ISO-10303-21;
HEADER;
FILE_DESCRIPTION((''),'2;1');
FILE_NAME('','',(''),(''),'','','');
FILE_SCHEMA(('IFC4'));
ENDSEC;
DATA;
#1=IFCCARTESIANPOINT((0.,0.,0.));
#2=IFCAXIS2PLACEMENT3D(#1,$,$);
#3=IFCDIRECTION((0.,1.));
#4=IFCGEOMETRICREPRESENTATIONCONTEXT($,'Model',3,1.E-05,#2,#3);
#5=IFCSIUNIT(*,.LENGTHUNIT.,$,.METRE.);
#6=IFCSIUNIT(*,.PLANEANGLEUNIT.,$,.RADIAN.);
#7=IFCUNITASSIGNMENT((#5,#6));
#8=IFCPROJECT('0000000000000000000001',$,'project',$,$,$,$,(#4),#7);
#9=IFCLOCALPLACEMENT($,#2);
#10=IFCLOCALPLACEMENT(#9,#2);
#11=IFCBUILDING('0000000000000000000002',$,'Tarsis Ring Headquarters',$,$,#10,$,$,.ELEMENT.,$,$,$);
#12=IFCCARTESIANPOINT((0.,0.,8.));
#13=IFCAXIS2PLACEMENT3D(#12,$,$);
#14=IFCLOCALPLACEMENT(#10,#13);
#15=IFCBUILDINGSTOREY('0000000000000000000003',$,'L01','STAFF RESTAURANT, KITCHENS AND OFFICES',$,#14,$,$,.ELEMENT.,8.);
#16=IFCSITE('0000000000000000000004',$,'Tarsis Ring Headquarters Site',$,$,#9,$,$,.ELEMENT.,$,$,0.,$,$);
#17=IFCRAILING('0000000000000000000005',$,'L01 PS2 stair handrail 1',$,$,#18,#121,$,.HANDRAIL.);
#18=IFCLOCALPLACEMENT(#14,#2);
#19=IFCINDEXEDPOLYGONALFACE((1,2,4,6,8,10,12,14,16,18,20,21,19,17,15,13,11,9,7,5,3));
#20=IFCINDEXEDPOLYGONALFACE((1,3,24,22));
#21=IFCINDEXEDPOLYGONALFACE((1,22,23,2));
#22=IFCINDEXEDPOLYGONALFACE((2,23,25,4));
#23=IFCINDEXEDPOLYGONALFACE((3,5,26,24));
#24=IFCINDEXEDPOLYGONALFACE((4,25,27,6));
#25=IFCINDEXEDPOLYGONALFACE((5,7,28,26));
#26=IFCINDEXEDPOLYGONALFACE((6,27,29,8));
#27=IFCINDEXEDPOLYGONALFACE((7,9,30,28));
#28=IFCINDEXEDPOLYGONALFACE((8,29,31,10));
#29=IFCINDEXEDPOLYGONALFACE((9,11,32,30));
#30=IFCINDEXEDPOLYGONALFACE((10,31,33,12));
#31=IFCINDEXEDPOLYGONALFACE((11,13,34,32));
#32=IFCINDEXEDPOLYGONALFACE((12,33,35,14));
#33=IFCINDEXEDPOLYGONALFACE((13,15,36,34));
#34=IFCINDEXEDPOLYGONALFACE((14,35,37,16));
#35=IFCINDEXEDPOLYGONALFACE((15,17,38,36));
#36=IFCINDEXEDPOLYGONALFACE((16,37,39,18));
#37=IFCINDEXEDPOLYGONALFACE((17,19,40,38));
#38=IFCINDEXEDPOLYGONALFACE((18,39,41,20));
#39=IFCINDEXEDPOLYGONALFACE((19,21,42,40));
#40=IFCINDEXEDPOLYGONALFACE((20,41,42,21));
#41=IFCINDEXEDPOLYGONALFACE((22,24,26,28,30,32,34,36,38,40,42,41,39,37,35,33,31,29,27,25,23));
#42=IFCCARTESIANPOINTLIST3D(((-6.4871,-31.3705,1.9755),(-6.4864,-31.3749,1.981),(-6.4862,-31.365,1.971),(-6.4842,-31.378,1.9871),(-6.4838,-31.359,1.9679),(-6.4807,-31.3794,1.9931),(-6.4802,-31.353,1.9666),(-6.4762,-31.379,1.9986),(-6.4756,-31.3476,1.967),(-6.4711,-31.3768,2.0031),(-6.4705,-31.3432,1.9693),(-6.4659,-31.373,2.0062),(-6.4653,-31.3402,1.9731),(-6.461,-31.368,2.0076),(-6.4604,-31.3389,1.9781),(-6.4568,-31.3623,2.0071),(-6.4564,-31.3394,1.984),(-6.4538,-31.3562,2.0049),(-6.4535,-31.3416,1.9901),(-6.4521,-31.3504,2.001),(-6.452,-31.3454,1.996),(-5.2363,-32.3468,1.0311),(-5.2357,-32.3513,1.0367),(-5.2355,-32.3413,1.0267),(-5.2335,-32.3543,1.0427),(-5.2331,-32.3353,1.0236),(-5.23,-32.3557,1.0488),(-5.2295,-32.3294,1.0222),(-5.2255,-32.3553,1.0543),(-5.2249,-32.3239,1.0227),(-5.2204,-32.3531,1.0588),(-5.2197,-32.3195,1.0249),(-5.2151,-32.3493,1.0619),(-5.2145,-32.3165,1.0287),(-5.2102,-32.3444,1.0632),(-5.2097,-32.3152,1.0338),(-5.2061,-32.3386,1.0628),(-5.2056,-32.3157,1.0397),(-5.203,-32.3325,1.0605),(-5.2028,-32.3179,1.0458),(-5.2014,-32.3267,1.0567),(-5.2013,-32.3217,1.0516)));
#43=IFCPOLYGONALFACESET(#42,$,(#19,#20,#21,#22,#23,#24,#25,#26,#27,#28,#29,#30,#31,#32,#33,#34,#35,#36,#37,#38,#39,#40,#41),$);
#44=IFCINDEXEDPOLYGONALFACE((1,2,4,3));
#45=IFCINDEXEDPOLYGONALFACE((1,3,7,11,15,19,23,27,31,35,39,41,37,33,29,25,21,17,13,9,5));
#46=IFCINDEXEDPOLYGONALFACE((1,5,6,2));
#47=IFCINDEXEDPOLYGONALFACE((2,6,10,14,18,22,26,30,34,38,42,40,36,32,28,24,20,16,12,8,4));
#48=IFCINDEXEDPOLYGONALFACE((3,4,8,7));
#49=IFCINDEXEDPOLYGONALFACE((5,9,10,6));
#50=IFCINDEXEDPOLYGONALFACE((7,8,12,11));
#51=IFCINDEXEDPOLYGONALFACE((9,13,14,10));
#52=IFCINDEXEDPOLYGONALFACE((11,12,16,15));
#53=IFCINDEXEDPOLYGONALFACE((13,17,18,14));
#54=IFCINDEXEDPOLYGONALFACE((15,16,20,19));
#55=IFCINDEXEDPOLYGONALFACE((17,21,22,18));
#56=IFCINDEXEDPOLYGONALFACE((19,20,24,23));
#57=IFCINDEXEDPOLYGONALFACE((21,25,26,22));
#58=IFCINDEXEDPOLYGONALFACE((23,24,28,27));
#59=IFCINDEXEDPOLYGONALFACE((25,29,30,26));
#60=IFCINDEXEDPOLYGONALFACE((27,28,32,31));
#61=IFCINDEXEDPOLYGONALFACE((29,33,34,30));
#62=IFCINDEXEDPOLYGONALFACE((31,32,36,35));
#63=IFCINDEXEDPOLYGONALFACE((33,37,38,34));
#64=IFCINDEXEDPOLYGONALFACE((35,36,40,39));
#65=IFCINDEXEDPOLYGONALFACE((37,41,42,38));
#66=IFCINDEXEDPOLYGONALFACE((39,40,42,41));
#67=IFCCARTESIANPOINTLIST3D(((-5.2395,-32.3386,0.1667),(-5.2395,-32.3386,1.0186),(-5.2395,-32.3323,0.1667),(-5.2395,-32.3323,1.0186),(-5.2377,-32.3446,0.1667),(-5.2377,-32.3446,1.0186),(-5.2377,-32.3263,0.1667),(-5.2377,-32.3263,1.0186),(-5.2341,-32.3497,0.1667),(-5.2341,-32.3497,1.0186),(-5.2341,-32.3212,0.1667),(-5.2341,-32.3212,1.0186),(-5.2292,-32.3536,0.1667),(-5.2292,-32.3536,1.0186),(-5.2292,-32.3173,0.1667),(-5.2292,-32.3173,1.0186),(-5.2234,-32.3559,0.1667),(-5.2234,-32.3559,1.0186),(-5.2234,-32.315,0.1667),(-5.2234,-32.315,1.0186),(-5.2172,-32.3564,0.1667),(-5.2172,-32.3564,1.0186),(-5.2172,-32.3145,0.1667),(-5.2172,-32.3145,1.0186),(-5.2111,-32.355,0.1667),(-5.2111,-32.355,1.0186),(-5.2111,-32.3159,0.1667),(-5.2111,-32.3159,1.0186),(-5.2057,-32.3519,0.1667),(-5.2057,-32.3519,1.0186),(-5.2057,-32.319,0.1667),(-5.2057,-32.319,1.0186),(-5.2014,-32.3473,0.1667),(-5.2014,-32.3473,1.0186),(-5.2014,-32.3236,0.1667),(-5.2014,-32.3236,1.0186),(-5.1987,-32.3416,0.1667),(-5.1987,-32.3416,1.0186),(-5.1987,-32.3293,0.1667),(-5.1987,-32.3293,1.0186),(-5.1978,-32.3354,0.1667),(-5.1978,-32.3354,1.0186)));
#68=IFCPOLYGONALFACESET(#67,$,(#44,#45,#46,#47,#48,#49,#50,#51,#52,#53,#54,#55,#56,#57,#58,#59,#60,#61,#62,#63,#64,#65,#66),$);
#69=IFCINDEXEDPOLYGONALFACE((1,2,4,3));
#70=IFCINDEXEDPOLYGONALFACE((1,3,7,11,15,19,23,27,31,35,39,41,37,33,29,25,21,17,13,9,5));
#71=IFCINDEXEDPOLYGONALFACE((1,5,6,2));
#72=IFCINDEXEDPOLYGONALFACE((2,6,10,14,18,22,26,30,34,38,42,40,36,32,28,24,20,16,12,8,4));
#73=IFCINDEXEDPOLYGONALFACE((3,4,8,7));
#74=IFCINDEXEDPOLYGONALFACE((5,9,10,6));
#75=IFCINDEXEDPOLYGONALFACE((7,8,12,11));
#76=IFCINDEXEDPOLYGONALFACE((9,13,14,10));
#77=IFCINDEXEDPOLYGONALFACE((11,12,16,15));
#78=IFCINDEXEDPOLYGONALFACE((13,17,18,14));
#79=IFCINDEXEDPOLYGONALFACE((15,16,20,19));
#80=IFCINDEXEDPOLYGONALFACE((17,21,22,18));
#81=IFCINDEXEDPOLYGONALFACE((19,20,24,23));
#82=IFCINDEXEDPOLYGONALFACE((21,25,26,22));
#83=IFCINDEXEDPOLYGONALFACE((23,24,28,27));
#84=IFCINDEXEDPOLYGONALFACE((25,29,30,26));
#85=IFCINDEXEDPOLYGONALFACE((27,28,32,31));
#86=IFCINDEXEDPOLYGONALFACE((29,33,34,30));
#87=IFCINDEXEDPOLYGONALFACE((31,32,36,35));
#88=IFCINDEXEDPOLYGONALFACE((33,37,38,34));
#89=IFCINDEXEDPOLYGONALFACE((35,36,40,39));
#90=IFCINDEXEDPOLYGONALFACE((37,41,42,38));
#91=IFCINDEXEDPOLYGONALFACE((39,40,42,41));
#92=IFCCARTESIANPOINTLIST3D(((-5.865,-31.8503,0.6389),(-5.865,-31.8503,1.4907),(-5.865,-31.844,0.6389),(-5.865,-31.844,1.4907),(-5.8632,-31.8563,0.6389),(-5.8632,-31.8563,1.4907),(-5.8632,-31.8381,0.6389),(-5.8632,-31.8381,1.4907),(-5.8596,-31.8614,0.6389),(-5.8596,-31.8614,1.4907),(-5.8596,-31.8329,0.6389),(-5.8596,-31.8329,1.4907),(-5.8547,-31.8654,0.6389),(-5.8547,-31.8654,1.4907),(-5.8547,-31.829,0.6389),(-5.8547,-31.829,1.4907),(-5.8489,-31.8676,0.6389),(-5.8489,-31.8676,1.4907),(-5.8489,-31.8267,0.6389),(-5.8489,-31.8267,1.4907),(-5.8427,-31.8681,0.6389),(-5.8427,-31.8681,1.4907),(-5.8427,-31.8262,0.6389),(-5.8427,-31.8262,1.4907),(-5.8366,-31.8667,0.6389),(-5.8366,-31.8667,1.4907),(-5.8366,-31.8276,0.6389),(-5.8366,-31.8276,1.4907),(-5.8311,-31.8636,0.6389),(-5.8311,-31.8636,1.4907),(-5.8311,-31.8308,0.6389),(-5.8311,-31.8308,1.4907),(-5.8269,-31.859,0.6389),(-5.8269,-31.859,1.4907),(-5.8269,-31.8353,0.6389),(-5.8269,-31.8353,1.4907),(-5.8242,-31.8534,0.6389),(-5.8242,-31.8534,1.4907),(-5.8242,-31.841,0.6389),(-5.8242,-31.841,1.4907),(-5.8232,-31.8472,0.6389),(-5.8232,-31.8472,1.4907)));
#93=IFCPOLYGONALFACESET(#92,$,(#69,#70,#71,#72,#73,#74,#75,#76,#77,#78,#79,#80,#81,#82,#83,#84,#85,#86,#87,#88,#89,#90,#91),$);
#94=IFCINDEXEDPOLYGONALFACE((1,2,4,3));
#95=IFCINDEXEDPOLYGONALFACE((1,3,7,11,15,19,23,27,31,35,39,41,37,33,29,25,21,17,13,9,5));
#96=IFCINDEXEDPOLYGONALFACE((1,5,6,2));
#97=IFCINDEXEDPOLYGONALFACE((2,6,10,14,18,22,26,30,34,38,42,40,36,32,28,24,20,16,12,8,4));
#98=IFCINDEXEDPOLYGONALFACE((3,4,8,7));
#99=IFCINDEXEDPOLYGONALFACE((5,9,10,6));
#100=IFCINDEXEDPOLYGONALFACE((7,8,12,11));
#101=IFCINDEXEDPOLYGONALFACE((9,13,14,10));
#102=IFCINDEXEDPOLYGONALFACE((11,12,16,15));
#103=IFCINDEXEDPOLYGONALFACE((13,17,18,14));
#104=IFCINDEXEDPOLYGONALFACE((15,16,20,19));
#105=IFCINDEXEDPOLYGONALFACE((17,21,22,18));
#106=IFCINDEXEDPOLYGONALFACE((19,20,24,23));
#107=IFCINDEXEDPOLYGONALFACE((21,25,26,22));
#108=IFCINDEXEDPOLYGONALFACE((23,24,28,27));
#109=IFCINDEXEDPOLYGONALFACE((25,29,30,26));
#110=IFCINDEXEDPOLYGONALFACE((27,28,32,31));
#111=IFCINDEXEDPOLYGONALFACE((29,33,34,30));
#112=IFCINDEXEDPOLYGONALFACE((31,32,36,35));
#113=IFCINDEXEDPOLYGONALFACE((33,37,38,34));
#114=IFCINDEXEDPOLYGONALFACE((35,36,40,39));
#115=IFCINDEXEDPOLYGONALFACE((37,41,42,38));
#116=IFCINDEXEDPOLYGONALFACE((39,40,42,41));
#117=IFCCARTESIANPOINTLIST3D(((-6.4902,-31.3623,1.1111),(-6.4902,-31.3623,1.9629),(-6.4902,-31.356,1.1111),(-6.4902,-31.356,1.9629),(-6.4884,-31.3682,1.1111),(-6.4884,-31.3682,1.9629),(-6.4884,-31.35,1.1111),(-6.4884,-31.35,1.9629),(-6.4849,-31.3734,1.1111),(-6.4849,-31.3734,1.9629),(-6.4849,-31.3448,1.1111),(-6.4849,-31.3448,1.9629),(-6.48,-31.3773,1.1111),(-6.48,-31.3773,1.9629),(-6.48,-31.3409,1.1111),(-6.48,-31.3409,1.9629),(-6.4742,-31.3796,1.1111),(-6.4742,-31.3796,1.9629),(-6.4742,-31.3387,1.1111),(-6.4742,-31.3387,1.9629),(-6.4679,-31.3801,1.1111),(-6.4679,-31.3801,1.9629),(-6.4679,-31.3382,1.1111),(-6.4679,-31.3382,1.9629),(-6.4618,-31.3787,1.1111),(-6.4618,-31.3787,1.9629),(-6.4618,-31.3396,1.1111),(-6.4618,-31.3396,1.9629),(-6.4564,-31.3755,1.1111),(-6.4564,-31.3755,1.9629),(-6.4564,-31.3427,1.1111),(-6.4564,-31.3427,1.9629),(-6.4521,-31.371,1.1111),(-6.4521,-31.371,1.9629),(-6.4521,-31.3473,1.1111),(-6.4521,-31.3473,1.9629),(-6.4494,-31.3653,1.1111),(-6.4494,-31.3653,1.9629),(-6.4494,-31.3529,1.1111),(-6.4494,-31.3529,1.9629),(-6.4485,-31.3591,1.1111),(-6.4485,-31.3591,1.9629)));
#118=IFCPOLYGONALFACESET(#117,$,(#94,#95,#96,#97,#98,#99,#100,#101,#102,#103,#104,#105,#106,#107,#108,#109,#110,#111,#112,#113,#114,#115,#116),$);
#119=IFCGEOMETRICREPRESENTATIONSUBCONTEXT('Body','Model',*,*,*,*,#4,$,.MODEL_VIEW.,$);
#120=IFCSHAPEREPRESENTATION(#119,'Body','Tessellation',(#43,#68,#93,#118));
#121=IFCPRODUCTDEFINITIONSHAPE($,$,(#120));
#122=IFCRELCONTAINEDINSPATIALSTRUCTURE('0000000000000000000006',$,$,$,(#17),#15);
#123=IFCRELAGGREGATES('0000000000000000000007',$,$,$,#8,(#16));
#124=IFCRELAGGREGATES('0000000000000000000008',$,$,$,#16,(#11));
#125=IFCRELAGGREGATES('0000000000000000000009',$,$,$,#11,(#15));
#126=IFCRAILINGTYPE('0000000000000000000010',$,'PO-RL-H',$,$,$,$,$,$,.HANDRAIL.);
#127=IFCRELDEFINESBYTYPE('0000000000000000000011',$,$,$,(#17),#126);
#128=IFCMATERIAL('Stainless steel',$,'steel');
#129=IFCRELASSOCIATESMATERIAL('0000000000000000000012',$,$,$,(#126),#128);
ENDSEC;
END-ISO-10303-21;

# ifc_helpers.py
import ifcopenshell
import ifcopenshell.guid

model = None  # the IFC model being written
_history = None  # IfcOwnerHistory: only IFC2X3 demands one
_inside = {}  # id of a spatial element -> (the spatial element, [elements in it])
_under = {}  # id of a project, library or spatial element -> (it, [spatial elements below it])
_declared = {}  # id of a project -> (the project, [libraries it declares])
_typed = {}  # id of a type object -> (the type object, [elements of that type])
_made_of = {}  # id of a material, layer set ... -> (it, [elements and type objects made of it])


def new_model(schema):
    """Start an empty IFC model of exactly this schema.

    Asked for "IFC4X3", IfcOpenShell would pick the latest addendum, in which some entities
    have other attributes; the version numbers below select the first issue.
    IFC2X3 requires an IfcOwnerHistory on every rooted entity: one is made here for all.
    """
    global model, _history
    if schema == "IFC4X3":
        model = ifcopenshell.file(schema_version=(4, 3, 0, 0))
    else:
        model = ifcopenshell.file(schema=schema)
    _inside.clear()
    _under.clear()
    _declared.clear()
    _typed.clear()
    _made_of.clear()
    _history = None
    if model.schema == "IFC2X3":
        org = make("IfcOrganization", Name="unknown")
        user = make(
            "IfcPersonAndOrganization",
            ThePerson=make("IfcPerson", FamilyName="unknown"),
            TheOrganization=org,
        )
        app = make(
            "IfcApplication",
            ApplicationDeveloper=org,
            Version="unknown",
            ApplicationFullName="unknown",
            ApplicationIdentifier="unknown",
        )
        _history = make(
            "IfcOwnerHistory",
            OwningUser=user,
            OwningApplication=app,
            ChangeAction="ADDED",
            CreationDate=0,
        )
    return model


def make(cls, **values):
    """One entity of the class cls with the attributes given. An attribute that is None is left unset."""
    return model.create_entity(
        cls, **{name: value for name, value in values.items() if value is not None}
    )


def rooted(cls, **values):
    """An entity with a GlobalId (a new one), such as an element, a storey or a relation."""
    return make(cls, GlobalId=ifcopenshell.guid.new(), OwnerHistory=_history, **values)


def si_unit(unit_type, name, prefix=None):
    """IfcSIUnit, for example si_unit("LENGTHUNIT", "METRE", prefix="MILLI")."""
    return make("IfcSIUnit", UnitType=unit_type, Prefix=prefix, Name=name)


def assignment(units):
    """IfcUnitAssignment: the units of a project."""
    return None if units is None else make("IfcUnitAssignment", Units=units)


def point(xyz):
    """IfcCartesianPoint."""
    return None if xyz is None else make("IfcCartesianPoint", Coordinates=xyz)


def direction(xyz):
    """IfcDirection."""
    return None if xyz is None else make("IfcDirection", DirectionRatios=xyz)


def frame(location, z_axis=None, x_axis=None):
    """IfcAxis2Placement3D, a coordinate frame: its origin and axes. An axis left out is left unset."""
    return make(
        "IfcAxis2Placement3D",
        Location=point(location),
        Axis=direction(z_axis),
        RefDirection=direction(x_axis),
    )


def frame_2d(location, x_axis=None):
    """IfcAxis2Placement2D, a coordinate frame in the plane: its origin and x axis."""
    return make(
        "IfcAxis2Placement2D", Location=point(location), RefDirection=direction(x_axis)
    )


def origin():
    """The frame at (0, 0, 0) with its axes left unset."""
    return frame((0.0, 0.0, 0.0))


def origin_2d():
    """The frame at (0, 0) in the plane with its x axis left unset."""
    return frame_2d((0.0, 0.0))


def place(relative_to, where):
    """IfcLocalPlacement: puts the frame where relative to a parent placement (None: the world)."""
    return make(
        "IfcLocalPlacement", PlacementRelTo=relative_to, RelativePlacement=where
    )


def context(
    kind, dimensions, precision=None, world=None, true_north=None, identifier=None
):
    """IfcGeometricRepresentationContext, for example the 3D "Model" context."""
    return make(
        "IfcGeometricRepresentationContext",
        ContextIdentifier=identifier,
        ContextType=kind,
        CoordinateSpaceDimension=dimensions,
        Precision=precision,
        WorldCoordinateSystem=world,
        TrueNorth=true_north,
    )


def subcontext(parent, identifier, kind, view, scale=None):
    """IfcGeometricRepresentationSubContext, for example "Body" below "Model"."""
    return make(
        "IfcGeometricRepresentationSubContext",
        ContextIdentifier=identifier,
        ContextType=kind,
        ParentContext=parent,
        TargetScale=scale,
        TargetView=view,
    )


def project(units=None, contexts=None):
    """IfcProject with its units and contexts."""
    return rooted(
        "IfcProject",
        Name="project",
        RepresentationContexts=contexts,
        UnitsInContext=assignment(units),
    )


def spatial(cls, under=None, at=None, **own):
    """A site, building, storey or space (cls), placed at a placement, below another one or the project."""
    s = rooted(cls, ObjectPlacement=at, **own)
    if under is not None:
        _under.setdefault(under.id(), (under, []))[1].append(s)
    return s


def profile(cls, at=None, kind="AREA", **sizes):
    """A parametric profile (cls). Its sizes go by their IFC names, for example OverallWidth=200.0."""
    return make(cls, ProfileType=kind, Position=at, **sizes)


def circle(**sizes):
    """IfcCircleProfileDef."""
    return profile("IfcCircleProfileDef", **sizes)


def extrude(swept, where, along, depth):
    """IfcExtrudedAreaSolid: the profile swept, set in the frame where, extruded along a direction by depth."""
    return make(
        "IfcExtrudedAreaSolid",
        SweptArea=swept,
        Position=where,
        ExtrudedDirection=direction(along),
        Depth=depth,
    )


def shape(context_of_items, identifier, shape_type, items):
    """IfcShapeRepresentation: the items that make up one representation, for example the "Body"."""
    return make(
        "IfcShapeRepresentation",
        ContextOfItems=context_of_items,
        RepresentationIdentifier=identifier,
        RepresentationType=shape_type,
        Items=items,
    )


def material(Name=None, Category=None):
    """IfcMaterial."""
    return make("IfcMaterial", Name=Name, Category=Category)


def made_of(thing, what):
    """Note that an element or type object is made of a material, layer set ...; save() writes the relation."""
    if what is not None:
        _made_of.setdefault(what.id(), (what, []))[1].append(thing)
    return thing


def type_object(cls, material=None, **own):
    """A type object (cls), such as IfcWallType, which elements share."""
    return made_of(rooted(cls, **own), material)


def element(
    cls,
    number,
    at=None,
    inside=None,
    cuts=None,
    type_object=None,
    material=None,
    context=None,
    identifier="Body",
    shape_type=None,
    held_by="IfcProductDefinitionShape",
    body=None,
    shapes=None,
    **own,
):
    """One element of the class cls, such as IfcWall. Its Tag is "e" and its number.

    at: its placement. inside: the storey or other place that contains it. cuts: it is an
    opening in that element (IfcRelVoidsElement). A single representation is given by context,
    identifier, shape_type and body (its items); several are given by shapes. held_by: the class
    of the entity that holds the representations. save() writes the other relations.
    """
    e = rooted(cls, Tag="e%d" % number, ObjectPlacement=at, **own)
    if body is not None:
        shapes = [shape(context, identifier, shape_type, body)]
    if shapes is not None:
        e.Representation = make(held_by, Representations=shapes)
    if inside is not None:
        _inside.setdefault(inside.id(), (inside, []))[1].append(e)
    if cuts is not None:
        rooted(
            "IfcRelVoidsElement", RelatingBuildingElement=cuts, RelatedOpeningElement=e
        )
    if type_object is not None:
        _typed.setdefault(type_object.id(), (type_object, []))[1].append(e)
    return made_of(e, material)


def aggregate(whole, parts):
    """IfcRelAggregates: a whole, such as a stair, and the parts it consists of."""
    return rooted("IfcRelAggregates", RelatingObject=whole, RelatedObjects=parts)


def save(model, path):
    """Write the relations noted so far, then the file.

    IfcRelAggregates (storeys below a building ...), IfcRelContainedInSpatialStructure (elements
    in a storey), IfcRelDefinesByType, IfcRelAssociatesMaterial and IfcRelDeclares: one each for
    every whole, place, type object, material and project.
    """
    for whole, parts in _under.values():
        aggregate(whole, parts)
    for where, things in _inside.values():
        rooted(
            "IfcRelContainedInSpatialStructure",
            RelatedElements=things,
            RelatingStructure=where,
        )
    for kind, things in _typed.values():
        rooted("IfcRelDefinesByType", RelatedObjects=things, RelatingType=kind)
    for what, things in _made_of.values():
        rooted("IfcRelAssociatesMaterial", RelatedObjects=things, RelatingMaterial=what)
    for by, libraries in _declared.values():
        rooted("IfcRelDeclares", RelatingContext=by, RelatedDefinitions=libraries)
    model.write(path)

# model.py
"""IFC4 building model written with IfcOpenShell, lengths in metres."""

from ifc_helpers import new_model, si_unit, direction, frame, origin, origin_2d, place, context, subcontext, project, spatial, circle, extrude, material, type_object, element, save


model = new_model("IFC4")

# Units and contexts
model_context = context("Model", 3, precision=1e-05, world=origin(), true_north=direction((0.0, 1.0)))
body_context = subcontext(model_context, "Body", "Model", "MODEL_VIEW")
ifc_project = project(units=[si_unit("LENGTHUNIT", "METRE"), si_unit("PLANEANGLEUNIT", "RADIAN")], contexts=[model_context])

# Site, building, storey
site_placement = place(None, origin())
site = spatial("IfcSite", under=ifc_project, at=site_placement, Name="Tarsis Ring Headquarters Site", CompositionType="ELEMENT", RefElevation=0.0)
building_placement = place(site_placement, origin())
building = spatial("IfcBuilding", under=site, at=building_placement, Name="Tarsis Ring Headquarters", CompositionType="ELEMENT")
storey_placement = place(building_placement, frame((0.0, 0.0, 8.0)))
storey = spatial("IfcBuildingStorey", under=building, at=storey_placement, Name="L01", Description="STAFF RESTAURANT, KITCHENS AND OFFICES", CompositionType="ELEMENT", Elevation=8.0)

# Railing
ifc_material_1 = material(Name="Stainless steel", Category="steel")
railing_type_1 = type_object("IfcRailingType", Name="PO-RL-H", PredefinedType="HANDRAIL", material=ifc_material_1)
railing_1_placement = place(storey_placement, frame((-5.2188, -32.3354, 0.1667)))
element("IfcRailing", 1, at=railing_1_placement, inside=storey, type_object=railing_type_1, Name="L01 PS2 stair handrail 1", PredefinedType="HANDRAIL", context=body_context, shape_type="SweptSolid", body=[
    extrude(circle(Radius=0.0239, at=origin_2d()), frame((0.0, 0.0, 0.876), z_axis=(-0.677379, 0.52876, 0.511439), x_axis=(-0.615324, -0.788274, 0.0)), (0.0, 0.0, 1.0), 1.8464),
    extrude(circle(Radius=0.021, at=origin_2d()), origin(), (0.0, 0.0, 1.0), 0.8518),
    extrude(circle(Radius=0.021, at=origin_2d()), frame((-0.6255, 0.4883, 0.4722)), (0.0, 0.0, 1.0), 0.8518),
    extrude(circle(Radius=0.021, at=origin_2d()), frame((-1.2507, 0.9763, 0.9443)), (0.0, 0.0, 1.0), 0.8518),
])

save(model, "model.ifc")
